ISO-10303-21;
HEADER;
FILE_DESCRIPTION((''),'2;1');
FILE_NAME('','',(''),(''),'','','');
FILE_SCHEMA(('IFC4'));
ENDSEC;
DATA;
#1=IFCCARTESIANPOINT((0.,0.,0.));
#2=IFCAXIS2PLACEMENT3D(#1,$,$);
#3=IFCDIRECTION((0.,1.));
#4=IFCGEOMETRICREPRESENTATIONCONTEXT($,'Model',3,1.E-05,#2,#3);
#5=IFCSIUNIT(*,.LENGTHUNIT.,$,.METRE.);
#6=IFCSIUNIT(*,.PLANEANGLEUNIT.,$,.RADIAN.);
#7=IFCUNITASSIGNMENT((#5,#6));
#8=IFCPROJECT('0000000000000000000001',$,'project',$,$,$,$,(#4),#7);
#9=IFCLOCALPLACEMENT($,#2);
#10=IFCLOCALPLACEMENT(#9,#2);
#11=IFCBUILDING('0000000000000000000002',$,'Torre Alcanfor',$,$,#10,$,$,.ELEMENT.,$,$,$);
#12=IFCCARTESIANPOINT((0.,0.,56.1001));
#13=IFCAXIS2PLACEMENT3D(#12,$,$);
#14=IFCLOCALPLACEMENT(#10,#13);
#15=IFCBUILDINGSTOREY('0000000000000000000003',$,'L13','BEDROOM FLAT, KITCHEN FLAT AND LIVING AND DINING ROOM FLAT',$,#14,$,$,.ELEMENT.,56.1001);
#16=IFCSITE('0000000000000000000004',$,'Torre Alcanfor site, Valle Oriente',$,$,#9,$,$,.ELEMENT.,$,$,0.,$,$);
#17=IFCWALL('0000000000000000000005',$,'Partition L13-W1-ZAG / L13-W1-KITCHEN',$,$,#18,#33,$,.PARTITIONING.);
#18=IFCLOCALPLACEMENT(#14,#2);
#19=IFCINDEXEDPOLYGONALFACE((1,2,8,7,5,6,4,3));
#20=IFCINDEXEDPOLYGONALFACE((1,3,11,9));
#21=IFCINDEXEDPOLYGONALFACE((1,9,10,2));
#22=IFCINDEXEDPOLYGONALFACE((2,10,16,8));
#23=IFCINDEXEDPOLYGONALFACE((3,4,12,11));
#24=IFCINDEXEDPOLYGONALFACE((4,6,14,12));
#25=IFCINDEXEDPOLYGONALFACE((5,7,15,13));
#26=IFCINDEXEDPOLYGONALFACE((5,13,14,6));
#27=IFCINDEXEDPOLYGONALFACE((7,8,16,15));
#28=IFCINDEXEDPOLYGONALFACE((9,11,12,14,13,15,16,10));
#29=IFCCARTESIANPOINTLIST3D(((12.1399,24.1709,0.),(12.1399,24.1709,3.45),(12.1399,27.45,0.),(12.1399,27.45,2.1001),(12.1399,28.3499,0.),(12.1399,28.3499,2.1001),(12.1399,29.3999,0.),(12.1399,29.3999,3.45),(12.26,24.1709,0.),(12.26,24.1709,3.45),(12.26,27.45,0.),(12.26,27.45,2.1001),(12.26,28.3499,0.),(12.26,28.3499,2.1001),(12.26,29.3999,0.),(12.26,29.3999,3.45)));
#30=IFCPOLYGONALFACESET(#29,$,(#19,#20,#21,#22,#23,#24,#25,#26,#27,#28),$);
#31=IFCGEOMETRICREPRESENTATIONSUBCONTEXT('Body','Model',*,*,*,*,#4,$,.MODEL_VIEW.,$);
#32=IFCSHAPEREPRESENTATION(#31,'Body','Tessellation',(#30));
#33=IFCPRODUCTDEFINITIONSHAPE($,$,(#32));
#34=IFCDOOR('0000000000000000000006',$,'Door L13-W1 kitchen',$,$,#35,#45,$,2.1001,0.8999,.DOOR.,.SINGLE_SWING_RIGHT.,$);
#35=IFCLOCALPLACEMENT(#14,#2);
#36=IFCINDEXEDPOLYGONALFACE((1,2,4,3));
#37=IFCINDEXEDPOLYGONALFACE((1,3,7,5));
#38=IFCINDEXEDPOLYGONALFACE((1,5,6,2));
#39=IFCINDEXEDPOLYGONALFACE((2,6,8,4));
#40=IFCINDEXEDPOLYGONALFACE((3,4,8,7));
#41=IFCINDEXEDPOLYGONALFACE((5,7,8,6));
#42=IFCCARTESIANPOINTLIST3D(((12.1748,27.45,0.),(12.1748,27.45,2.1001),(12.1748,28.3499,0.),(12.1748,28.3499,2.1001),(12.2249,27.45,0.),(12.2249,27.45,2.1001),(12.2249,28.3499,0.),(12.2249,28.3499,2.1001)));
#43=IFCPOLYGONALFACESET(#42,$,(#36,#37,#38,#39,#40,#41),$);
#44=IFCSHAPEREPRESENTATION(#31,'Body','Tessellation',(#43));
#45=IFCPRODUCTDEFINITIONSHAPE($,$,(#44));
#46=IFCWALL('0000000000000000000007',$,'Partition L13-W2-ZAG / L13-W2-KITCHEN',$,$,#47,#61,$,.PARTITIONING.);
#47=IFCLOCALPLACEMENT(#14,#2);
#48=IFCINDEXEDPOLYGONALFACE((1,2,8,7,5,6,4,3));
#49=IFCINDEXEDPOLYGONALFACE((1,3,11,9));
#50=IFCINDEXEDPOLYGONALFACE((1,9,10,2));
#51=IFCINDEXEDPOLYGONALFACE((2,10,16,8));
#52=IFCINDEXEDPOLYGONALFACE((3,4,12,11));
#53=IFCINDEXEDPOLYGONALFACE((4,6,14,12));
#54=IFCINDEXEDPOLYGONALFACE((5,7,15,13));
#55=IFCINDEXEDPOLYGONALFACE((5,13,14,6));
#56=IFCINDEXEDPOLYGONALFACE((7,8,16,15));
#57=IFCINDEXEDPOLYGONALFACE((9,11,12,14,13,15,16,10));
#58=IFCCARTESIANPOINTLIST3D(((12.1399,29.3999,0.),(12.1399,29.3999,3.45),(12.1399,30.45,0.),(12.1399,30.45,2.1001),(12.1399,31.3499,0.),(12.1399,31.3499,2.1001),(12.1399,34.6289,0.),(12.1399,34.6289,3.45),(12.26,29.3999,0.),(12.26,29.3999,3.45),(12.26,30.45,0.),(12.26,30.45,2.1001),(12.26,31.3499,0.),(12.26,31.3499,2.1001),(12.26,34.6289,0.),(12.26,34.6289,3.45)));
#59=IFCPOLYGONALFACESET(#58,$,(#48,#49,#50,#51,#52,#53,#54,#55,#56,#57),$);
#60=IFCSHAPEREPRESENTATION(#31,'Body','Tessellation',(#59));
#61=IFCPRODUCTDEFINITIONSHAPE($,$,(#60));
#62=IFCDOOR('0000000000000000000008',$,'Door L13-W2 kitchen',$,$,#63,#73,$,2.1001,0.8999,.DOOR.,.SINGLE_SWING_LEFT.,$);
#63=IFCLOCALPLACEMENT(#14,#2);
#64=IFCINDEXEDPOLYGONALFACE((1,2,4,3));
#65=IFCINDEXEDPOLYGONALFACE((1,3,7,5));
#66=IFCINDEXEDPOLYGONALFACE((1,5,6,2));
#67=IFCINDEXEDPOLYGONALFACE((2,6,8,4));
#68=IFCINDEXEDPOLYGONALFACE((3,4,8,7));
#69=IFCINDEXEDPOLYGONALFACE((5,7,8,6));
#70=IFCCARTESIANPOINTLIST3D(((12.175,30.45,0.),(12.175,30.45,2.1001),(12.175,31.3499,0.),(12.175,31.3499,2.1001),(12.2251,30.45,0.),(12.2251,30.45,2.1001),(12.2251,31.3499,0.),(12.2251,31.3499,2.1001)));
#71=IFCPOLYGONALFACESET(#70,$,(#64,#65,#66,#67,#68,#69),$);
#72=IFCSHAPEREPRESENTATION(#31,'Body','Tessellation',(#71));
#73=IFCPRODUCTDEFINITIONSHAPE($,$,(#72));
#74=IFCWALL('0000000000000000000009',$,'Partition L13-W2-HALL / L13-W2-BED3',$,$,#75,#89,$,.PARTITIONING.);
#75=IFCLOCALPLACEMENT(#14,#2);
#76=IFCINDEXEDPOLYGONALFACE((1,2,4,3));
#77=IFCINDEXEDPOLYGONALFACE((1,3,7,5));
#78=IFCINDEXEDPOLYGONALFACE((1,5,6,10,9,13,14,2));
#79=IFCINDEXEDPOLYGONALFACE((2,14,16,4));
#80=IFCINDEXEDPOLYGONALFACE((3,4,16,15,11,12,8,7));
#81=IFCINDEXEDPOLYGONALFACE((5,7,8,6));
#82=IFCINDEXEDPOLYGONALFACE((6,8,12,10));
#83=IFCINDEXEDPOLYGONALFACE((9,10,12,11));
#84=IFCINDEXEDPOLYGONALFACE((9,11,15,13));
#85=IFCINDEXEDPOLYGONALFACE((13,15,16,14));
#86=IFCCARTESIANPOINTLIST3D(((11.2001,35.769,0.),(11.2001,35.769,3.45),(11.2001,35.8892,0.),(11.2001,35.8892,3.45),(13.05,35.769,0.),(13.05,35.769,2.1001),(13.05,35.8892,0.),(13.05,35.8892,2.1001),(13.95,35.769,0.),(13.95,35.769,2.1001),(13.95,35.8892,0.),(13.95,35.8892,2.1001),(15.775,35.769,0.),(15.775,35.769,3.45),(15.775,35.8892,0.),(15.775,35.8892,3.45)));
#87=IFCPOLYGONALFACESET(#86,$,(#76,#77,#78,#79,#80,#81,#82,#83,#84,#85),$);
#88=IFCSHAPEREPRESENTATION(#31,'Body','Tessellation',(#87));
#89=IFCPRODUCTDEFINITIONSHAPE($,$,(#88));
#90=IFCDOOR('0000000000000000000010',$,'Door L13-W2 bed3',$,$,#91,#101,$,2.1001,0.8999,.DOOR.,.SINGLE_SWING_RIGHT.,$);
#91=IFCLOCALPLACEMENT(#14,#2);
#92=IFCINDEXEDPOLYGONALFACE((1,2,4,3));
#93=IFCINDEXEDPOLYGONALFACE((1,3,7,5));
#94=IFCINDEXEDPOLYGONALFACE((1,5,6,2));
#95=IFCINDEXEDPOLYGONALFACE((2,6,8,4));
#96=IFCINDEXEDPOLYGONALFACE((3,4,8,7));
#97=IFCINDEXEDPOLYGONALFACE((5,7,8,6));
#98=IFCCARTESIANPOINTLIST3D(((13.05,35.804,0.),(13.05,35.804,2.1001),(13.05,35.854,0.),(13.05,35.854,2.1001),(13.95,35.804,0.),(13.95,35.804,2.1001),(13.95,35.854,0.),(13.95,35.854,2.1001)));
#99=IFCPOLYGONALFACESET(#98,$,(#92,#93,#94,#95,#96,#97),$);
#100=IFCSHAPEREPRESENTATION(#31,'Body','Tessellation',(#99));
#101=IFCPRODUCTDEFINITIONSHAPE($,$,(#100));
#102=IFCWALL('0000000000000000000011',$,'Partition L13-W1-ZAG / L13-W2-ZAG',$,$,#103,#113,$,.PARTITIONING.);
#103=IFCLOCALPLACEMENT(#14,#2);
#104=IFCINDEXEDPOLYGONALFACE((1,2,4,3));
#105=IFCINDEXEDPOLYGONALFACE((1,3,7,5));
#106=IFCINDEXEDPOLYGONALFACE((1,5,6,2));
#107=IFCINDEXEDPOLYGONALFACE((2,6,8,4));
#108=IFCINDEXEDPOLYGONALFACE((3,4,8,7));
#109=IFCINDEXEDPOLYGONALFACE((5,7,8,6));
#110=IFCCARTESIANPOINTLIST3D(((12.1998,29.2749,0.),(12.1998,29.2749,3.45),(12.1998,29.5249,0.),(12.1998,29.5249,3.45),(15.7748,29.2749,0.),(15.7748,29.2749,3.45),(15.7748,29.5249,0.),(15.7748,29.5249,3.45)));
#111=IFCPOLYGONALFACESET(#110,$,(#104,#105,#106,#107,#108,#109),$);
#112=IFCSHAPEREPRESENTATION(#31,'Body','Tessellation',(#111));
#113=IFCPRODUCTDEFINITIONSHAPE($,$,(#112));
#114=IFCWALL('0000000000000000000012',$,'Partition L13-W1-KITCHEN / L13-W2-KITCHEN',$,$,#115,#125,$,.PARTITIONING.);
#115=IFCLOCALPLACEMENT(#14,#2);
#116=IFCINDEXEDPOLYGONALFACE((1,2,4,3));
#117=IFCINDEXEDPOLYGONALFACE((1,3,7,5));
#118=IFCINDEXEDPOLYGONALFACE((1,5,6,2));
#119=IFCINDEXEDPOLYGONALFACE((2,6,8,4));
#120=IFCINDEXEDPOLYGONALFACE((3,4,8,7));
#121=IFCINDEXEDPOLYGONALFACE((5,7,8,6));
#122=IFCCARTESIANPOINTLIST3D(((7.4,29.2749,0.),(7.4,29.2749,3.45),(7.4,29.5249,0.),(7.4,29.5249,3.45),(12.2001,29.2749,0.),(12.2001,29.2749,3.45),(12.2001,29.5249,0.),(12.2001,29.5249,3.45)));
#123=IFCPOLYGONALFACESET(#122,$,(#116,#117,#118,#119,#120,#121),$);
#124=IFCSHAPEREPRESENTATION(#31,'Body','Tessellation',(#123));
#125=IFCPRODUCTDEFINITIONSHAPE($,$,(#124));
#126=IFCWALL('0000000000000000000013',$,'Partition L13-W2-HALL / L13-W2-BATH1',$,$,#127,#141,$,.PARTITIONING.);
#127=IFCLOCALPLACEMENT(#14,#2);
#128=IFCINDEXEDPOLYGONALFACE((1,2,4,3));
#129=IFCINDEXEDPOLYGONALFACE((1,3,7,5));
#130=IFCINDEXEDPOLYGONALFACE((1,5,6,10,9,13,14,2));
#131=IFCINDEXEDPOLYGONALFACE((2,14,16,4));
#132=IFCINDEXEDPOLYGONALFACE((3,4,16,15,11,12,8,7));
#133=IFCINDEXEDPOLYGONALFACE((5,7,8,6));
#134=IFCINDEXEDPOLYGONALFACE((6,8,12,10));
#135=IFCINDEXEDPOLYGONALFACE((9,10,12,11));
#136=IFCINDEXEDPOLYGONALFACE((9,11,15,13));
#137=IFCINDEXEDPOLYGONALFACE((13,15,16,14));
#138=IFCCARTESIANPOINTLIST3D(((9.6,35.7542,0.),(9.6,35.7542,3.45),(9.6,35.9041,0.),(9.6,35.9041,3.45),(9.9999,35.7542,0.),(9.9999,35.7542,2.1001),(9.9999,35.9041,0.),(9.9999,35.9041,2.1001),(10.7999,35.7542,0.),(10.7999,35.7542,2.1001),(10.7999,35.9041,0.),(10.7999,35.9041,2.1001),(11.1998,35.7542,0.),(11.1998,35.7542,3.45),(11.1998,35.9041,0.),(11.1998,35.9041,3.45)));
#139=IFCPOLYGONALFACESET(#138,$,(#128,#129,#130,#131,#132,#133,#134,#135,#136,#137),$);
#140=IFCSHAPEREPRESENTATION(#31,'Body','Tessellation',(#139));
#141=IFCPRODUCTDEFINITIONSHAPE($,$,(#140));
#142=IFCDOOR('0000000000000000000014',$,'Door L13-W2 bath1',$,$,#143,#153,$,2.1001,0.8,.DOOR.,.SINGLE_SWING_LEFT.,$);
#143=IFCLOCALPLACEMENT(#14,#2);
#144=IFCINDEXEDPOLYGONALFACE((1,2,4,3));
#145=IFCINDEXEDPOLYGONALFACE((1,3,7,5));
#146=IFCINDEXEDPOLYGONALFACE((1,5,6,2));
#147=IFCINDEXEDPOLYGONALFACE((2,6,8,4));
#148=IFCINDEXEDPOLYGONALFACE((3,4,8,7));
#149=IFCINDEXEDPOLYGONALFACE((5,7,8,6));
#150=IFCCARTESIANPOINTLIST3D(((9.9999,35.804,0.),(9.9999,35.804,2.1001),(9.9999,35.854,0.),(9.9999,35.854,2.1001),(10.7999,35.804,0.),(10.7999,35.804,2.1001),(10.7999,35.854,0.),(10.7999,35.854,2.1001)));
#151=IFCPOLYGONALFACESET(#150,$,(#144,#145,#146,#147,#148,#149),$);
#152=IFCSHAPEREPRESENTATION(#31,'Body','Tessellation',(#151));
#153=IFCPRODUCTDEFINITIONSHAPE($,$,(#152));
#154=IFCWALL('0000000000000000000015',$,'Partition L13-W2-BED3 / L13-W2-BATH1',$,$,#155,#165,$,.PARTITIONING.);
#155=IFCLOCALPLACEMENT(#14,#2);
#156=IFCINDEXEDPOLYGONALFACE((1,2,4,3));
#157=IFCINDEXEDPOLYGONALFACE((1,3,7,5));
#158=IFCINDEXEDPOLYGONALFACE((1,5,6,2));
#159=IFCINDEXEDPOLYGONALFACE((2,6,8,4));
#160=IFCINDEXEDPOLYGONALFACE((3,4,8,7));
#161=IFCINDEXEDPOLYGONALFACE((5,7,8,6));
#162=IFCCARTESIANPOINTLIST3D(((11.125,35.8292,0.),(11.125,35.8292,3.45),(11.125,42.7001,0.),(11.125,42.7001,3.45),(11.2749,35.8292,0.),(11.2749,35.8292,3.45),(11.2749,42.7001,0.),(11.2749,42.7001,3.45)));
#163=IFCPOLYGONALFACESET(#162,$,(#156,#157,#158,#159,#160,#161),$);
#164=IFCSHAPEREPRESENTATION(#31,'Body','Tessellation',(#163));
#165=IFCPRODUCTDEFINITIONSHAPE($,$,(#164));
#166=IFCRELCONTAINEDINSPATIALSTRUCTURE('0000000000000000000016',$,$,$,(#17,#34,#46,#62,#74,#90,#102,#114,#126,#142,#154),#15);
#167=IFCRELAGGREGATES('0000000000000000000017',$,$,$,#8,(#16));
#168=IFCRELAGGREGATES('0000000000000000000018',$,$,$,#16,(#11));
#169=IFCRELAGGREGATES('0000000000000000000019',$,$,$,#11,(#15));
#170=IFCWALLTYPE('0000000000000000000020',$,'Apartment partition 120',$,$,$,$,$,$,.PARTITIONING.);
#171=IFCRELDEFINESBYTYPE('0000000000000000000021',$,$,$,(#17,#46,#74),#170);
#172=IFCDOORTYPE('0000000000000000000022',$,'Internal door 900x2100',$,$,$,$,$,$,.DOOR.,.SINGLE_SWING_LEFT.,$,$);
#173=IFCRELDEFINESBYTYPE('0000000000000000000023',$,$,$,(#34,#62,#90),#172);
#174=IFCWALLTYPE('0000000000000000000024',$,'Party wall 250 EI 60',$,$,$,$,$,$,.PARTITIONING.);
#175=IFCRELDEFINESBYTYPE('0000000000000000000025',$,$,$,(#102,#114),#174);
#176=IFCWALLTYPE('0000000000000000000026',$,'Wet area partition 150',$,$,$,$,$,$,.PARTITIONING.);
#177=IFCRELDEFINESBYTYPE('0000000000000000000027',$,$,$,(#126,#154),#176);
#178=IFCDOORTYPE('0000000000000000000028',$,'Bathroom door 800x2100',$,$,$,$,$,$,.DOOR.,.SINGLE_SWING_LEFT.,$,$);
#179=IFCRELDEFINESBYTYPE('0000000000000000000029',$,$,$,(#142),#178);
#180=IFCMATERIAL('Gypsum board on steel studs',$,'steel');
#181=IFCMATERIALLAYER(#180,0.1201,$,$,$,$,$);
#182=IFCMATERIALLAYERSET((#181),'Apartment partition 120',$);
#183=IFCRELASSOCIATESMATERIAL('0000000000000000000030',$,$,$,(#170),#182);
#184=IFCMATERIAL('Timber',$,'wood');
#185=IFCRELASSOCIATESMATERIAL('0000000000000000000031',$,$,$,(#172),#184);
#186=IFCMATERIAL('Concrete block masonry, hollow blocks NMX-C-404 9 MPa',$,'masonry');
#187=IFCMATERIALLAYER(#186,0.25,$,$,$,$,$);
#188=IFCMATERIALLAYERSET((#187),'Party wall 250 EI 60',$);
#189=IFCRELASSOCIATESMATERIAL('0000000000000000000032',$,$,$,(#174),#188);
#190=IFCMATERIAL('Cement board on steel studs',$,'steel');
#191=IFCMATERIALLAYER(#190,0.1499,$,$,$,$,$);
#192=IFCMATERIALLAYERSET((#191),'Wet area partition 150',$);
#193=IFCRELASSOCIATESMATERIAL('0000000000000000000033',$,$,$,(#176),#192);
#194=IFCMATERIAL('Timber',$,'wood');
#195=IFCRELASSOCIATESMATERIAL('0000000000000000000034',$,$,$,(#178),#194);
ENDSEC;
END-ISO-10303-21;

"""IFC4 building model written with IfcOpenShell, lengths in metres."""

from ifc_helpers import new_model, si_unit, direction, frame, frame_2d, origin, place, context, subcontext, project, spatial, rectangle, extrude, material, layer, layer_set, type_object, element, fill, save


model = new_model("IFC4")

# Units and contexts
model_context = context("Model", 3, precision=1e-05, world=origin(), true_north=direction((0.0, 1.0)))
body_context = subcontext(model_context, "Body", "Model", "MODEL_VIEW")
ifc_project = project(units=[si_unit("LENGTHUNIT", "METRE"), si_unit("PLANEANGLEUNIT", "RADIAN")], contexts=[model_context])

# Site, building, storey
site_placement = place(None, origin())
site = spatial("IfcSite", under=ifc_project, at=site_placement, Name="Torre Alcanfor site, Valle Oriente", CompositionType="ELEMENT", RefElevation=0.0)
building_placement = place(site_placement, origin())
building = spatial("IfcBuilding", under=site, at=building_placement, Name="Torre Alcanfor", CompositionType="ELEMENT")
storey_placement = place(building_placement, frame((0.0, 0.0, 56.1001)))
storey = spatial("IfcBuildingStorey", under=building, at=storey_placement, Name="L13", Description="BEDROOM FLAT, KITCHEN FLAT AND LIVING AND DINING ROOM FLAT", CompositionType="ELEMENT", Elevation=56.1001)

# Walls, openings, doors
ifc_material_1 = material(Name="Gypsum board on steel studs", Category="steel")
ifc_layer_1 = layer(ifc_material_1, 0.1201)
ifc_layer_set_1 = layer_set([ifc_layer_1], Name="Apartment partition 120")
wall_type_1 = type_object("IfcWallType", Name="Apartment partition 120", PredefinedType="PARTITIONING", material=ifc_layer_set_1)
wall_1_placement = place(storey_placement, frame((12.2, 29.3999, 0.0), z_axis=(0.0, 0.0, 1.0), x_axis=(0.0, -1.0, 0.0)))
wall_1 = element("IfcWall", 1, at=wall_1_placement, inside=storey, type_object=wall_type_1, Name="Partition L13-W1-ZAG / L13-W1-KITCHEN", PredefinedType="PARTITIONING", context=body_context, shape_type="SweptSolid", body=[
    extrude(rectangle(XDim=5.229, YDim=0.1201, at=frame_2d((2.6145, 0.0))), origin(), (0.0, 0.0, 1.0), 3.45),
])
opening_1_placement = place(wall_1_placement, frame((1.05, 0.0, 0.0)))
opening_1 = element("IfcOpeningElement", 2, at=opening_1_placement, cuts=wall_1, PredefinedType="OPENING", context=body_context, shape_type="SweptSolid", body=[
    extrude(rectangle(XDim=0.8999, YDim=2.1001, at=frame_2d((0.45, 1.05))), frame((0.0, 0.0701, 0.0), z_axis=(0.0, -1.0, 0.0), x_axis=(1.0, 0.0, 0.0)), (0.0, 0.0, 1.0), 0.1401),
])
ifc_material_2 = material(Name="Timber", Category="wood")
door_type_1 = type_object("IfcDoorType", Name="Internal door 900x2100", OperationType="SINGLE_SWING_LEFT", PredefinedType="DOOR", material=ifc_material_2)
door_1_placement = place(opening_1_placement, frame((0.8999, 0.0, 0.0), z_axis=(0.0, 0.0, 1.0), x_axis=(-1.0, 0.0, 0.0)))
door_1 = element("IfcDoor", 3, at=door_1_placement, inside=storey, type_object=door_type_1, Name="Door L13-W1 kitchen", OperationType="SINGLE_SWING_RIGHT", OverallHeight=2.1001, OverallWidth=0.8999, PredefinedType="DOOR", context=body_context, shape_type="SweptSolid", body=[
    extrude(rectangle(XDim=0.8999, YDim=2.1001, at=frame_2d((0.45, 1.05))), frame((0.0, 0.0251, 0.0), z_axis=(0.0, -1.0, 0.0), x_axis=(1.0, 0.0, 0.0)), (0.0, 0.0, 1.0), 0.05),
])
fill(opening_1, door_1)
wall_2_placement = place(storey_placement, frame((12.2, 29.3999, 0.0), z_axis=(0.0, 0.0, 1.0), x_axis=(0.0, 1.0, 0.0)))
wall_2 = element("IfcWall", 4, at=wall_2_placement, inside=storey, type_object=wall_type_1, Name="Partition L13-W2-ZAG / L13-W2-KITCHEN", PredefinedType="PARTITIONING", context=body_context, shape_type="SweptSolid", body=[
    extrude(rectangle(XDim=5.229, YDim=0.1201, at=frame_2d((2.6145, 0.0))), origin(), (0.0, 0.0, 1.0), 3.45),
])
opening_2_placement = place(wall_2_placement, frame((1.05, 0.0, 0.0)))
opening_2 = element("IfcOpeningElement", 5, at=opening_2_placement, cuts=wall_2, PredefinedType="OPENING", context=body_context, shape_type="SweptSolid", body=[
    extrude(rectangle(XDim=0.8999, YDim=2.1001, at=frame_2d((0.45, 1.05))), frame((0.0, 0.0701, 0.0), z_axis=(0.0, -1.0, 0.0), x_axis=(1.0, 0.0, 0.0)), (0.0, 0.0, 1.0), 0.1401),
])
door_2_placement = place(opening_2_placement, origin())
door_2 = element("IfcDoor", 6, at=door_2_placement, inside=storey, type_object=door_type_1, Name="Door L13-W2 kitchen", OperationType="SINGLE_SWING_LEFT", OverallHeight=2.1001, OverallWidth=0.8999, PredefinedType="DOOR", context=body_context, shape_type="SweptSolid", body=[
    extrude(rectangle(XDim=0.8999, YDim=2.1001, at=frame_2d((0.45, 1.05))), frame((0.0, 0.0249, 0.0), z_axis=(0.0, -1.0, 0.0), x_axis=(1.0, 0.0, 0.0)), (0.0, 0.0, 1.0), 0.05),
])
fill(opening_2, door_2)
wall_3_placement = place(storey_placement, frame((11.2, 35.8291, 0.0), z_axis=(0.0, 0.0, 1.0), x_axis=(1.0, 0.0, 0.0)))
wall_3 = element("IfcWall", 7, at=wall_3_placement, inside=storey, type_object=wall_type_1, Name="Partition L13-W2-HALL / L13-W2-BED3", PredefinedType="PARTITIONING", context=body_context, shape_type="SweptSolid", body=[
    extrude(rectangle(XDim=4.575, YDim=0.1201, at=frame_2d((2.2876, 0.0))), origin(), (0.0, 0.0, 1.0), 3.45),
])
opening_3_placement = place(wall_3_placement, frame((1.8501, 0.0, 0.0)))
opening_3 = element("IfcOpeningElement", 8, at=opening_3_placement, cuts=wall_3, PredefinedType="OPENING", context=body_context, shape_type="SweptSolid", body=[
    extrude(rectangle(XDim=0.8999, YDim=2.1001, at=frame_2d((0.45, 1.05))), frame((0.0, 0.0701, 0.0), z_axis=(0.0, -1.0, 0.0), x_axis=(1.0, 0.0, 0.0)), (0.0, 0.0, 1.0), 0.1401),
])
door_3_placement = place(opening_3_placement, origin())
door_3 = element("IfcDoor", 9, at=door_3_placement, inside=storey, type_object=door_type_1, Name="Door L13-W2 bed3", OperationType="SINGLE_SWING_RIGHT", OverallHeight=2.1001, OverallWidth=0.8999, PredefinedType="DOOR", context=body_context, shape_type="SweptSolid", body=[
    extrude(rectangle(XDim=0.8999, YDim=2.1001, at=frame_2d((0.45, 1.05))), frame((0.0, 0.0249, 0.0), z_axis=(0.0, -1.0, 0.0), x_axis=(1.0, 0.0, 0.0)), (0.0, 0.0, 1.0), 0.05),
])
fill(opening_3, door_3)

# Walls
ifc_material_3 = material(Name="Concrete block masonry, hollow blocks NMX-C-404 9 MPa", Category="masonry")
ifc_layer_2 = layer(ifc_material_3, 0.25)
ifc_layer_set_2 = layer_set([ifc_layer_2], Name="Party wall 250 EI 60")
wall_type_2 = type_object("IfcWallType", Name="Party wall 250 EI 60", PredefinedType="PARTITIONING", material=ifc_layer_set_2)
wall_4_placement = place(storey_placement, frame((15.7749, 29.3999, 0.0), z_axis=(0.0, 0.0, 1.0), x_axis=(-1.0, 0.0, 0.0)))
element("IfcWall", 10, at=wall_4_placement, inside=storey, type_object=wall_type_2, Name="Partition L13-W1-ZAG / L13-W2-ZAG", PredefinedType="PARTITIONING", context=body_context, shape_type="SweptSolid", body=[
    extrude(rectangle(XDim=3.575, YDim=0.25, at=frame_2d((1.7876, 0.0))), origin(), (0.0, 0.0, 1.0), 3.45),
])
wall_5_placement = place(storey_placement, frame((12.2, 29.3999, 0.0), z_axis=(0.0, 0.0, 1.0), x_axis=(-1.0, 0.0, 0.0)))
element("IfcWall", 11, at=wall_5_placement, inside=storey, type_object=wall_type_2, Name="Partition L13-W1-KITCHEN / L13-W2-KITCHEN", PredefinedType="PARTITIONING", context=body_context, shape_type="SweptSolid", body=[
    extrude(rectangle(XDim=4.8, YDim=0.25, at=frame_2d((2.3999, 0.0))), origin(), (0.0, 0.0, 1.0), 3.45),
])

# Wall, opening, door
ifc_material_4 = material(Name="Cement board on steel studs", Category="steel")
ifc_layer_3 = layer(ifc_material_4, 0.1499)
ifc_layer_set_3 = layer_set([ifc_layer_3], Name="Wet area partition 150")
wall_type_3 = type_object("IfcWallType", Name="Wet area partition 150", PredefinedType="PARTITIONING", material=ifc_layer_set_3)
wall_6_placement = place(storey_placement, frame((9.6001, 35.8291, 0.0), z_axis=(0.0, 0.0, 1.0), x_axis=(1.0, 0.0, 0.0)))
wall_6 = element("IfcWall", 12, at=wall_6_placement, inside=storey, type_object=wall_type_3, Name="Partition L13-W2-HALL / L13-W2-BATH1", PredefinedType="PARTITIONING", context=body_context, shape_type="SweptSolid", body=[
    extrude(rectangle(XDim=1.5999, YDim=0.1499, at=frame_2d((0.7998, 0.0))), origin(), (0.0, 0.0, 1.0), 3.45),
])
opening_4_placement = place(wall_6_placement, frame((0.3999, 0.0, 0.0)))
opening_4 = element("IfcOpeningElement", 13, at=opening_4_placement, cuts=wall_6, PredefinedType="OPENING", context=body_context, shape_type="SweptSolid", body=[
    extrude(rectangle(XDim=0.8, YDim=2.1001, at=frame_2d((0.3999, 1.05))), frame((0.0, 0.085, 0.0), z_axis=(0.0, -1.0, 0.0), x_axis=(1.0, 0.0, 0.0)), (0.0, 0.0, 1.0), 0.1699),
])
ifc_material_5 = material(Name="Timber", Category="wood")
door_type_2 = type_object("IfcDoorType", Name="Bathroom door 800x2100", OperationType="SINGLE_SWING_LEFT", PredefinedType="DOOR", material=ifc_material_5)
door_4_placement = place(opening_4_placement, origin())
door_4 = element("IfcDoor", 14, at=door_4_placement, inside=storey, type_object=door_type_2, Name="Door L13-W2 bath1", OperationType="SINGLE_SWING_LEFT", OverallHeight=2.1001, OverallWidth=0.8, PredefinedType="DOOR", context=body_context, shape_type="SweptSolid", body=[
    extrude(rectangle(XDim=0.8, YDim=2.1001, at=frame_2d((0.3999, 1.05))), frame((0.0, 0.0249, 0.0), z_axis=(0.0, -1.0, 0.0), x_axis=(1.0, 0.0, 0.0)), (0.0, 0.0, 1.0), 0.05),
])
fill(opening_4, door_4)

# Wall
for number, where, z_axis, x_axis, name in (
    (15, (11.2, 35.8291, 0.0), (0.0, 0.0, 1.0), (0.0, 1.0, 0.0), "Partition L13-W2-BED3 / L13-W2-BATH1"),
):
    element("IfcWall", number, at=place(storey_placement, frame(where, z_axis=z_axis, x_axis=x_axis)), inside=storey, type_object=wall_type_3, Name=name, PredefinedType="PARTITIONING", context=body_context, shape_type="SweptSolid", body=[
        extrude(rectangle(XDim=6.8708, YDim=0.1499, at=frame_2d((3.4355, 0.0))), origin(), (0.0, 0.0, 1.0), 3.45),
    ])

save(model, "model.ifc")
